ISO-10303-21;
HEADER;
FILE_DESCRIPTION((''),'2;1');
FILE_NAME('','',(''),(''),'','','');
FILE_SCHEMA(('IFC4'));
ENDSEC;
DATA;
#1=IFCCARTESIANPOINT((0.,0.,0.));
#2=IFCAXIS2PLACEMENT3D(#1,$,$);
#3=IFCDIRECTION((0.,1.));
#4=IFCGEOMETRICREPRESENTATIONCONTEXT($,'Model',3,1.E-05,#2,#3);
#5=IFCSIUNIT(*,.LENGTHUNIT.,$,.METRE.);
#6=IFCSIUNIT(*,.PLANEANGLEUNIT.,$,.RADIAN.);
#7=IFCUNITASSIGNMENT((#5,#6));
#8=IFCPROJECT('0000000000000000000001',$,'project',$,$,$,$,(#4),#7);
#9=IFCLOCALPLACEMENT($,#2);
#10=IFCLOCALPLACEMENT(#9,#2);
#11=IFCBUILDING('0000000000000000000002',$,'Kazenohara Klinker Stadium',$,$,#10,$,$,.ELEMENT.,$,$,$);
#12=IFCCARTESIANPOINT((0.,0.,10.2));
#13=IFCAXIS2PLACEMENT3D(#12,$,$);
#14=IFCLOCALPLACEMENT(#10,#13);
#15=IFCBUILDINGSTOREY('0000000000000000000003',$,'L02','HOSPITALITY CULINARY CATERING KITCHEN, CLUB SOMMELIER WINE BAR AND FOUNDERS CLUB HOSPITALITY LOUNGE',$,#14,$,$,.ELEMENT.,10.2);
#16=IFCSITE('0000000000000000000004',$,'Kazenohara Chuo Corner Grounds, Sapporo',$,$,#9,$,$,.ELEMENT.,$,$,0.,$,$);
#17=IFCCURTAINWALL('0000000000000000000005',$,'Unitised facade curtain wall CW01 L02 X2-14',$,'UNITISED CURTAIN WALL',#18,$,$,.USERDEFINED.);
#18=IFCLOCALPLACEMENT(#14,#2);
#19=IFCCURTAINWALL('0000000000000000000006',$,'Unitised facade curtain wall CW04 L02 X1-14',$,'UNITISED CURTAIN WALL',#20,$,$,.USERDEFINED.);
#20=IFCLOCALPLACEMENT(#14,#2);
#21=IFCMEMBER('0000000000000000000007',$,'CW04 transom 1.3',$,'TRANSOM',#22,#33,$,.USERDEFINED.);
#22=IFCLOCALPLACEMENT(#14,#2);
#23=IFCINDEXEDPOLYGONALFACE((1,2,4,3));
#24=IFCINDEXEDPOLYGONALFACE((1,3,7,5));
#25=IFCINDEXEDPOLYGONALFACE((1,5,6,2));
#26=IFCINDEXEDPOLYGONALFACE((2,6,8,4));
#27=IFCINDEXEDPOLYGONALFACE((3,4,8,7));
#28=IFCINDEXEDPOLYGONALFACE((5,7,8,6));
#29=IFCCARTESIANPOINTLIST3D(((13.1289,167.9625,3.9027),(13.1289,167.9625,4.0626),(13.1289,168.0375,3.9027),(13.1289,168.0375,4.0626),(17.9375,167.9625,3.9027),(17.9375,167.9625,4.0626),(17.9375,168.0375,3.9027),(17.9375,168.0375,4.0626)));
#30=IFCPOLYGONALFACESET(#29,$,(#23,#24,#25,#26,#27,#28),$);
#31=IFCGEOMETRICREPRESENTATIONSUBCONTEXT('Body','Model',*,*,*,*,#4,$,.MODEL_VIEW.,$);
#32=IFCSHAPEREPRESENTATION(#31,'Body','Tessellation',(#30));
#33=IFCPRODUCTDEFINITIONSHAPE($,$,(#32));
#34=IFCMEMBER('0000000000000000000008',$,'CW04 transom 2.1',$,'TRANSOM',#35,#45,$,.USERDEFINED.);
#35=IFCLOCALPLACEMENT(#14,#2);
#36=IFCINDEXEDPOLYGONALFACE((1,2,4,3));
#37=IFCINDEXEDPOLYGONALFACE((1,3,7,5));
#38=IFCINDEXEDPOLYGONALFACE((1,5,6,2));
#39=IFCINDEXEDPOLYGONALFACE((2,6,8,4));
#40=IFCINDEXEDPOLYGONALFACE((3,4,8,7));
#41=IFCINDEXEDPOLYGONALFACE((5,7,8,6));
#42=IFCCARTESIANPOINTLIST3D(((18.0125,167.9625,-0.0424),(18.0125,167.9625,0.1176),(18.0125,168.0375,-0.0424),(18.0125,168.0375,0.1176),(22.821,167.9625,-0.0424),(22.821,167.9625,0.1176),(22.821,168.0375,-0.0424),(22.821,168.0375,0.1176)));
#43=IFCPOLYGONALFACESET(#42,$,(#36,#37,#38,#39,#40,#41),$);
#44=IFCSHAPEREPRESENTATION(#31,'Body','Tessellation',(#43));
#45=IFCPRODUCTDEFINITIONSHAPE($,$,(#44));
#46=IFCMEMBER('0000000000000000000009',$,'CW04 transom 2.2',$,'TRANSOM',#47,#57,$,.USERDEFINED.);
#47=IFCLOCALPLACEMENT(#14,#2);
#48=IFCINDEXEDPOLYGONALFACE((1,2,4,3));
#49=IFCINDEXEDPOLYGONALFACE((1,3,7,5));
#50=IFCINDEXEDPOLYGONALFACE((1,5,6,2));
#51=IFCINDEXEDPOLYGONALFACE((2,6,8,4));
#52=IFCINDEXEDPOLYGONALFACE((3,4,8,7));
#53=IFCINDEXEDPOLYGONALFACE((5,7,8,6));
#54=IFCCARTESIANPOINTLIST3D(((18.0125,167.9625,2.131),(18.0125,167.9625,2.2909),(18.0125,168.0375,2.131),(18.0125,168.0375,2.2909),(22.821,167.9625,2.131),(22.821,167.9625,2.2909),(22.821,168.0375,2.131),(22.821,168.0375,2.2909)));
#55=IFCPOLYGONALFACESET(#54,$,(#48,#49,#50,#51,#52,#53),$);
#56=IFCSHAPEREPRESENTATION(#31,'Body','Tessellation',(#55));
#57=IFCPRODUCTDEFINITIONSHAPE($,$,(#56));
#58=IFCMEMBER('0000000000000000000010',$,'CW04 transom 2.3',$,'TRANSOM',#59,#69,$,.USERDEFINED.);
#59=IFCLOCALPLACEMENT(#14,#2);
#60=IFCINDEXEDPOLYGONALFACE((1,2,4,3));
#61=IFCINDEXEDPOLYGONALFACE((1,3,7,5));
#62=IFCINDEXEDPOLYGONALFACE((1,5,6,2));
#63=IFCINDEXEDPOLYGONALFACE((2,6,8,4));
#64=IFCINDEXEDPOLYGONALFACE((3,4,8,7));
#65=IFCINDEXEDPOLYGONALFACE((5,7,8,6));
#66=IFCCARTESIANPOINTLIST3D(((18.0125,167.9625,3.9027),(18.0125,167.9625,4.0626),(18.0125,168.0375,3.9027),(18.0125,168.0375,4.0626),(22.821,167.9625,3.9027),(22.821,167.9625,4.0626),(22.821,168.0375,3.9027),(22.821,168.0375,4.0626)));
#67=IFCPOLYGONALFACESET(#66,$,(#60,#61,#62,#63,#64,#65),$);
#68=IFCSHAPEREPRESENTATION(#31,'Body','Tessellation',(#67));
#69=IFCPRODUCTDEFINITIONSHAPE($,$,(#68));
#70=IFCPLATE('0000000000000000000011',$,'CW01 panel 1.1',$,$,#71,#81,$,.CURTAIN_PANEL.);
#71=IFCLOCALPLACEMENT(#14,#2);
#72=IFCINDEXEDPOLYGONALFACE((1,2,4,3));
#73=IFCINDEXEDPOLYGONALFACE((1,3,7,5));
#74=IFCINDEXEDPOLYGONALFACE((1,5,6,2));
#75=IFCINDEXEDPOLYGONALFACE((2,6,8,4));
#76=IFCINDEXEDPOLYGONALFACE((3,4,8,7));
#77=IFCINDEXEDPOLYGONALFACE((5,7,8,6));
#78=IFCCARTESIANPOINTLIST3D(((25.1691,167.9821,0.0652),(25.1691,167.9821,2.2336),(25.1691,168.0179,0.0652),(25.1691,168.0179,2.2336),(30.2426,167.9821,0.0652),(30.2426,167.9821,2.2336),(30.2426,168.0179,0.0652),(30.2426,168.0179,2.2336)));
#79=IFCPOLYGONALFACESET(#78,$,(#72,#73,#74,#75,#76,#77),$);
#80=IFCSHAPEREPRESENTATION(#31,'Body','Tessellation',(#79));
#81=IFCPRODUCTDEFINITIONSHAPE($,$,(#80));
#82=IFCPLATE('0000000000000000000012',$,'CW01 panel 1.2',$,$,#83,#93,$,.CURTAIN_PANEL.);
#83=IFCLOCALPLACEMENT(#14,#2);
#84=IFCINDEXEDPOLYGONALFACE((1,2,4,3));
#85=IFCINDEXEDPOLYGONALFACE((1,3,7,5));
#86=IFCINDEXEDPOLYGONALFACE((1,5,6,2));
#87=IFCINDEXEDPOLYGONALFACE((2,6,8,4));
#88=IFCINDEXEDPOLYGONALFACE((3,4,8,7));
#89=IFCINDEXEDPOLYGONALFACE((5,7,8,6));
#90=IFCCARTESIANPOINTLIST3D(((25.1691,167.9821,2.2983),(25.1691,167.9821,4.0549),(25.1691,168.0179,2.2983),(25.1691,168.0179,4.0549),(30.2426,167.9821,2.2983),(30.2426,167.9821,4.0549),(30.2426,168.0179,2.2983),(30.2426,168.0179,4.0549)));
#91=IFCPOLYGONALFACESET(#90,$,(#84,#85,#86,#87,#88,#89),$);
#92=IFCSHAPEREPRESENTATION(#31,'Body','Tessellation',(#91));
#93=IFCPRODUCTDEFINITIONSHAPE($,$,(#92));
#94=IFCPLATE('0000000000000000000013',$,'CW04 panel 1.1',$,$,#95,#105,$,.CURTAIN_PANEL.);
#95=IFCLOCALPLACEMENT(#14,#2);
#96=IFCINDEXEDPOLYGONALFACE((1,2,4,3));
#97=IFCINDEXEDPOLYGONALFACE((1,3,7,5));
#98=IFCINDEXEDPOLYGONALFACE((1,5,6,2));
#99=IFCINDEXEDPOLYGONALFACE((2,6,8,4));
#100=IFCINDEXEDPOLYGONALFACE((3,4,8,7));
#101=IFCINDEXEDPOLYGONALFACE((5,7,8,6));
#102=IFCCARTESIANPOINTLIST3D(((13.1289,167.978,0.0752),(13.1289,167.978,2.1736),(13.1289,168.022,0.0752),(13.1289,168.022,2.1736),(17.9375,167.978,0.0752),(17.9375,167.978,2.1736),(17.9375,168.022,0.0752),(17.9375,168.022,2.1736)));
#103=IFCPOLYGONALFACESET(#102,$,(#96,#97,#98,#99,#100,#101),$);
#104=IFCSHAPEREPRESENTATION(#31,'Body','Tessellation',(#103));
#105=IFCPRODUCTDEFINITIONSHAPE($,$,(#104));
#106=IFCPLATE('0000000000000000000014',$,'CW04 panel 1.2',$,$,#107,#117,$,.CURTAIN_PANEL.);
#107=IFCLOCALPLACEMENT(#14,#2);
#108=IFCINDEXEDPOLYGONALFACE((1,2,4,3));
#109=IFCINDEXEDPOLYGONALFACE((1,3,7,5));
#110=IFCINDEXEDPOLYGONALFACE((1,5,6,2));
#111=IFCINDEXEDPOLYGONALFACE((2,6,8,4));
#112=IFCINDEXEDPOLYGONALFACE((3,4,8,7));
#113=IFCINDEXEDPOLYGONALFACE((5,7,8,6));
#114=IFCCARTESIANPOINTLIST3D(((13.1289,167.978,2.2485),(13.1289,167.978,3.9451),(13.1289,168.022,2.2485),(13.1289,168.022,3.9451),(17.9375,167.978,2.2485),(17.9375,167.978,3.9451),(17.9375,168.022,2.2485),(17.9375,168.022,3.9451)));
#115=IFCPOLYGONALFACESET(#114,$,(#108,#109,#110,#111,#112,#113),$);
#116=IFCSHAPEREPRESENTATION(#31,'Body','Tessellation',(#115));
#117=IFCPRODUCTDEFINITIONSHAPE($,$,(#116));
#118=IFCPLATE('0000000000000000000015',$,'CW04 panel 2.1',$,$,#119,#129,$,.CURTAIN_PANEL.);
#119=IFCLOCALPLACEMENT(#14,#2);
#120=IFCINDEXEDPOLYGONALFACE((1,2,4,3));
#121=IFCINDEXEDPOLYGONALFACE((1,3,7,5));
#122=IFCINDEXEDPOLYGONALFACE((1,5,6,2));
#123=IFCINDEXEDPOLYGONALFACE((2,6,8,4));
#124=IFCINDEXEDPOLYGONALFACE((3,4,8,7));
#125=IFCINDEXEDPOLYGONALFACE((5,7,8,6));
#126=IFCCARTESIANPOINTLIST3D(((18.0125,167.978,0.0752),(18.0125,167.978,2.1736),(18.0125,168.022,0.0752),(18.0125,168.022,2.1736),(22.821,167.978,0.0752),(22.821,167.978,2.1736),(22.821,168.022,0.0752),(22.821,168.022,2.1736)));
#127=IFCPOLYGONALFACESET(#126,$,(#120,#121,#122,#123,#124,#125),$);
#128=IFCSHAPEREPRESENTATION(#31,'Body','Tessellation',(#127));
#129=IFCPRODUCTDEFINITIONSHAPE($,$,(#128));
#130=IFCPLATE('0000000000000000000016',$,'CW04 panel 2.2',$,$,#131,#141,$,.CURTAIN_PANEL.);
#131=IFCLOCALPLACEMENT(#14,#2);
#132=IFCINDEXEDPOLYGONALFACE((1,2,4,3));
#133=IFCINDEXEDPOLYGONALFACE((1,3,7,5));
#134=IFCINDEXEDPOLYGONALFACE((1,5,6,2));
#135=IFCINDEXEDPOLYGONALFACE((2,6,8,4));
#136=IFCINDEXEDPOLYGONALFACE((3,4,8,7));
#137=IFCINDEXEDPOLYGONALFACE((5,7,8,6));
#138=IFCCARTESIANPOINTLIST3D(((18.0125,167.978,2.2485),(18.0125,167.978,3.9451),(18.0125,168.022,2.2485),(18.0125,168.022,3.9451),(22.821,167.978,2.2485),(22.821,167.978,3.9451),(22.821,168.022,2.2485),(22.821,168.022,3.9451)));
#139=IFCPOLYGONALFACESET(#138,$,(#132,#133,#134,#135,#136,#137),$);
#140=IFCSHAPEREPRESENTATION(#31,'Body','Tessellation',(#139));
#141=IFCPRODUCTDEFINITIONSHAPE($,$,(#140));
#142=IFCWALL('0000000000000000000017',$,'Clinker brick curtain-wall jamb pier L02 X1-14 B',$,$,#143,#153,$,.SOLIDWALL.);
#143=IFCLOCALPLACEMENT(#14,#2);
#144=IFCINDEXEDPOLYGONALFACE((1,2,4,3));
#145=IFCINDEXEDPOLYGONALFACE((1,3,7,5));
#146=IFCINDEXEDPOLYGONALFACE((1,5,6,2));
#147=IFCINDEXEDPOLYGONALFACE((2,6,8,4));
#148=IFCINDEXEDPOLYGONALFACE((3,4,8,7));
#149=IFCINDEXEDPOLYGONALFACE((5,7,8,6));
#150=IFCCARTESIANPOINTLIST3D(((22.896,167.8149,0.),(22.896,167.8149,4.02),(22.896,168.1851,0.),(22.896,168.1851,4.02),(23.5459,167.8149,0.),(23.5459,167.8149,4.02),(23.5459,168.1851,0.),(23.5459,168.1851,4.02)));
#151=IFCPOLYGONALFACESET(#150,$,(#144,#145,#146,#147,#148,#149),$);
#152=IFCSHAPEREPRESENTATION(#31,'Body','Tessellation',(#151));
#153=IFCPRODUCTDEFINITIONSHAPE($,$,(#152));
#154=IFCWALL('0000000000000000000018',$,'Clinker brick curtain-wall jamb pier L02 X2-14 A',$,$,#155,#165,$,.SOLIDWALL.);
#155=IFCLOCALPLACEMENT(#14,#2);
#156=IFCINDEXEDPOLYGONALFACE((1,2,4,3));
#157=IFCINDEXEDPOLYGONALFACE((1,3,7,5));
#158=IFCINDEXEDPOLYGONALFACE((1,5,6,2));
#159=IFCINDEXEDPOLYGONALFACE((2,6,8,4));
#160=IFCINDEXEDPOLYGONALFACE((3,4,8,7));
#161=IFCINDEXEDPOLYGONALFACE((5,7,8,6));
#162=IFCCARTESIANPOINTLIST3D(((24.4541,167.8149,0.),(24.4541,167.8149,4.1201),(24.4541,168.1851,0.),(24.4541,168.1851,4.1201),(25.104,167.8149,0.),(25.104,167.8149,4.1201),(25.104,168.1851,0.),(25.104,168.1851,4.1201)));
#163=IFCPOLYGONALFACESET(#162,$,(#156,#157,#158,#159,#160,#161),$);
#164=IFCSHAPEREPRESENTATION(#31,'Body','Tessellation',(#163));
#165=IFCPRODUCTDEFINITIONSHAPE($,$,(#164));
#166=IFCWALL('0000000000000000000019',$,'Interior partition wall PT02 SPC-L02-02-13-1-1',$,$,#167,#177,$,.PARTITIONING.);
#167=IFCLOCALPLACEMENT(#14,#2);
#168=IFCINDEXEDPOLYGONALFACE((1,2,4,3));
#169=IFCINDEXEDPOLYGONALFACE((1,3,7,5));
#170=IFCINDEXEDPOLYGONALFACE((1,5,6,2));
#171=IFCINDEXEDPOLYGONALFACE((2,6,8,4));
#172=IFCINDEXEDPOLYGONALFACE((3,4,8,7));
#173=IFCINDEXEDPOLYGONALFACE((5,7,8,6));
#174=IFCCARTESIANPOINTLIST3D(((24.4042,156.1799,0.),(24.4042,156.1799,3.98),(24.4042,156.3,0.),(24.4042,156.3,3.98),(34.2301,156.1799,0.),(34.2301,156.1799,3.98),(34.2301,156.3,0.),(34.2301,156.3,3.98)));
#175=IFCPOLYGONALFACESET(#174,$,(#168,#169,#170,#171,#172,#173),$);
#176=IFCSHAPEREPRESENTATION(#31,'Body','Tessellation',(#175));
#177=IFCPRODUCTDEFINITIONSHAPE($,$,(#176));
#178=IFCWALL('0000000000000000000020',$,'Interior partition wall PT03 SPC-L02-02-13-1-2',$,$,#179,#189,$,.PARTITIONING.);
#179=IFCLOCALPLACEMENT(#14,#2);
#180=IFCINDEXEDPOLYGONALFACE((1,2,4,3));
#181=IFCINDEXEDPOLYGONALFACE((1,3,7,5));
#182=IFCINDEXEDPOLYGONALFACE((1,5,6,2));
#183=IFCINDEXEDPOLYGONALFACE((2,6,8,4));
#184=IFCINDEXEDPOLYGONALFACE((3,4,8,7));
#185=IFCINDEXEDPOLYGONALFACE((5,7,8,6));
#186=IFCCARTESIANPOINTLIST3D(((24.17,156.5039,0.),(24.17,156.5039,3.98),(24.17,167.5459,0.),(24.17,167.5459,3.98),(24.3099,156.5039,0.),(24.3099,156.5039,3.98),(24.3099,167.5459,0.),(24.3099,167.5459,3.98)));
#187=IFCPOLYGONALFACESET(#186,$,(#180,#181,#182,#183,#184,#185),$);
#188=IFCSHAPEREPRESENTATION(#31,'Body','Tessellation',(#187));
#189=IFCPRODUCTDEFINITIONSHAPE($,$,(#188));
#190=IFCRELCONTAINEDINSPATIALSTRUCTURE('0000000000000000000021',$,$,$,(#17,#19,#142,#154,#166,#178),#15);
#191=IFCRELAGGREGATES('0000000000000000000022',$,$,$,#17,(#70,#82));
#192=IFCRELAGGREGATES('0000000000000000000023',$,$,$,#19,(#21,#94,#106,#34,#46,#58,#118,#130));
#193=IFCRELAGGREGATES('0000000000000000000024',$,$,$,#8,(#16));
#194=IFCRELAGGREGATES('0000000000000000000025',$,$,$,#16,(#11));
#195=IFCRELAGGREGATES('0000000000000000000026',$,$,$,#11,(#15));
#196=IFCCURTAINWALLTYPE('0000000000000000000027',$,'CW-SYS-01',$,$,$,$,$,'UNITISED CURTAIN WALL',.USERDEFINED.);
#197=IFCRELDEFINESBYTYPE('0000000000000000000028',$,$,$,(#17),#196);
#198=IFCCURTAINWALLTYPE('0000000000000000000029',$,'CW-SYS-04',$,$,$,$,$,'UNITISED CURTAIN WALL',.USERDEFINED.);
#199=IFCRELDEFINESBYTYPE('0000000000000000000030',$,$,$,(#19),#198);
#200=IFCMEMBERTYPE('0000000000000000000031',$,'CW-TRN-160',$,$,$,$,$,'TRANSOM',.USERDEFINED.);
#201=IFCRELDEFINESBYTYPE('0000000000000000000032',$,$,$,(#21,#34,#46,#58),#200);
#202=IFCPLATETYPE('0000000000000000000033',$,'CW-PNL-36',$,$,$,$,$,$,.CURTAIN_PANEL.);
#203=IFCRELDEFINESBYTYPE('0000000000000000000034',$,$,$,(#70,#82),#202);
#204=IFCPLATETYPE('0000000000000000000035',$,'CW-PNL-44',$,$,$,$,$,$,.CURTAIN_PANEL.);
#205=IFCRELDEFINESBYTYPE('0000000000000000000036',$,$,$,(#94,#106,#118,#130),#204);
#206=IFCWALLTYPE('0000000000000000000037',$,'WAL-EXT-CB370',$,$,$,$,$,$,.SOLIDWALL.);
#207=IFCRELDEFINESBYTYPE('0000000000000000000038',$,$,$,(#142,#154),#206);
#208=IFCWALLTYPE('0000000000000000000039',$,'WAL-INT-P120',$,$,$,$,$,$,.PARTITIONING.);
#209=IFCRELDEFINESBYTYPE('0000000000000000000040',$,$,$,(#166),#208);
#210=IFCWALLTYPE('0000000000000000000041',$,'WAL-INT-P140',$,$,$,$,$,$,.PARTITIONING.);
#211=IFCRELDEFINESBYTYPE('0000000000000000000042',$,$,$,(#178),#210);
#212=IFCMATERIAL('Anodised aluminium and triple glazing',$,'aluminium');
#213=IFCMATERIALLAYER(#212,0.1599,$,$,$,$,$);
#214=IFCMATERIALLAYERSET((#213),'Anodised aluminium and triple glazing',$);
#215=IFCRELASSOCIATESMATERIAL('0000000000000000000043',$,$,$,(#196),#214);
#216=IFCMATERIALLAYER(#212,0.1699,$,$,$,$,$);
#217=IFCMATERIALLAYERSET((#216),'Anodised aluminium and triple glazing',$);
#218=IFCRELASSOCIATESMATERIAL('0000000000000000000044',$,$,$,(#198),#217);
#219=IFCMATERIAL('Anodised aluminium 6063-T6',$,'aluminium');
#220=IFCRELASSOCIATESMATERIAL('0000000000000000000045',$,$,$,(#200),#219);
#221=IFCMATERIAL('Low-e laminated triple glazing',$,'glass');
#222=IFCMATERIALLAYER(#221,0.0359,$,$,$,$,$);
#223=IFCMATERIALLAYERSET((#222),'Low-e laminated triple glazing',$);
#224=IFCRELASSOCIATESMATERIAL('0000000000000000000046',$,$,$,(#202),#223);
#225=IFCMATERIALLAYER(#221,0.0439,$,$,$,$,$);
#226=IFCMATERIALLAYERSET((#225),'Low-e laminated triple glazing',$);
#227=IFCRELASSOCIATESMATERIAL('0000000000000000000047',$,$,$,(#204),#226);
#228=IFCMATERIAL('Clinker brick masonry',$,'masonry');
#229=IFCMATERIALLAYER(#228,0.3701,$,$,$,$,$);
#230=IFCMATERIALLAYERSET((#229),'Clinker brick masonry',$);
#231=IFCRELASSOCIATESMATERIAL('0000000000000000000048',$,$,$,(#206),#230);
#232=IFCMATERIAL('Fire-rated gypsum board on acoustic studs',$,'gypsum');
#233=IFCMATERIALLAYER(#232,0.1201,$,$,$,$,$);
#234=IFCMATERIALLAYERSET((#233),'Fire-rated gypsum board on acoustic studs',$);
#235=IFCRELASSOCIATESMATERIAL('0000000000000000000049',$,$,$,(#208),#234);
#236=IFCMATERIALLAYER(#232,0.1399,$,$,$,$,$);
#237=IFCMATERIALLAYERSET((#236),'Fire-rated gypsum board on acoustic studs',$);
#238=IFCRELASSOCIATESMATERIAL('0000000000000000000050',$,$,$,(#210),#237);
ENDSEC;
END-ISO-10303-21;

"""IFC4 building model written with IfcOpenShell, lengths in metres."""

from ifc_helpers import new_model, si_unit, direction, frame, frame_2d, origin, origin_2d, place, context, subcontext, project, spatial, rectangle, extrude, material, layer, layer_set, material_profile, profile_set, type_object, element, aggregate, save


model = new_model("IFC4")

# Units and contexts
model_context = context("Model", 3, precision=1e-05, world=origin(), true_north=direction((0.0, 1.0)))
body_context = subcontext(model_context, "Body", "Model", "MODEL_VIEW")
ifc_project = project(units=[si_unit("LENGTHUNIT", "METRE"), si_unit("PLANEANGLEUNIT", "RADIAN")], contexts=[model_context])

# Site, building, storey
site_placement = place(None, origin())
site = spatial("IfcSite", under=ifc_project, at=site_placement, Name="Kazenohara Chuo Corner Grounds, Sapporo", CompositionType="ELEMENT", RefElevation=0.0)
building_placement = place(site_placement, origin())
building = spatial("IfcBuilding", under=site, at=building_placement, Name="Kazenohara Klinker Stadium", CompositionType="ELEMENT")
storey_placement = place(building_placement, frame((0.0, 0.0, 10.2)))
storey = spatial("IfcBuildingStorey", under=building, at=storey_placement, Name="L02", Description="HOSPITALITY CULINARY CATERING KITCHEN, CLUB SOMMELIER WINE BAR AND FOUNDERS CLUB HOSPITALITY LOUNGE", CompositionType="ELEMENT", Elevation=10.2)

# Curtain walls
ifc_material_1 = material(Name="Anodised aluminium and triple glazing", Category="aluminium")
ifc_layer_1 = layer(ifc_material_1, 0.1599)
ifc_layer_set_1 = layer_set([ifc_layer_1], Name="Anodised aluminium and triple glazing")
curtain_wall_type_1 = type_object("IfcCurtainWallType", Name="CW-SYS-01", ElementType="UNITISED CURTAIN WALL", PredefinedType="USERDEFINED", material=ifc_layer_set_1)
curtain_wall_1_placement = place(storey_placement, origin())
curtain_wall_1 = element("IfcCurtainWall", 1, at=curtain_wall_1_placement, inside=storey, type_object=curtain_wall_type_1, Name="Unitised facade curtain wall CW01 L02 X2-14", ObjectType="UNITISED CURTAIN WALL", PredefinedType="USERDEFINED")
ifc_material_2 = material(Name="Anodised aluminium 6063-T6", Category="aluminium")
ifc_layer_2 = layer(ifc_material_1, 0.1699)
ifc_layer_set_2 = layer_set([ifc_layer_2], Name="Anodised aluminium and triple glazing")
curtain_wall_type_2 = type_object("IfcCurtainWallType", Name="CW-SYS-04", ElementType="UNITISED CURTAIN WALL", PredefinedType="USERDEFINED", material=ifc_layer_set_2)
curtain_wall_2_placement = place(storey_placement, origin())
curtain_wall_2 = element("IfcCurtainWall", 2, at=curtain_wall_2_placement, inside=storey, type_object=curtain_wall_type_2, Name="Unitised facade curtain wall CW04 L02 X1-14", ObjectType="UNITISED CURTAIN WALL", PredefinedType="USERDEFINED")

# Members
ifc_material_profile_1 = material_profile(ifc_material_2, rectangle(XDim=0.075, YDim=0.1599, at=origin_2d()), Name="ALU-TRN-75x160")
ifc_profile_set_1 = profile_set([ifc_material_profile_1], Name="Anodised aluminium 6063-T6")
member_type_1 = type_object("IfcMemberType", Name="CW-TRN-160", ElementType="TRANSOM", PredefinedType="USERDEFINED", material=ifc_profile_set_1)
member_1_placement = place(storey_placement, frame((13.1289, 168.0, 3.9827), z_axis=(1.0, 0.0, 0.0), x_axis=(0.0, 1.0, 0.0)))
member_1 = element("IfcMember", 3, at=member_1_placement, type_object=member_type_1, Name="CW04 transom 1.3", ObjectType="TRANSOM", PredefinedType="USERDEFINED", context=body_context, shape_type="SweptSolid", body=[
    extrude(rectangle(XDim=0.075, YDim=0.1599, at=origin_2d()), origin(), (0.0, 0.0, 1.0), 4.8086),
])
member_2_placement = place(storey_placement, frame((18.0125, 168.0, 0.0376), z_axis=(1.0, 0.0, 0.0), x_axis=(0.0, 1.0, 0.0)))
member_2 = element("IfcMember", 4, at=member_2_placement, type_object=member_type_1, Name="CW04 transom 2.1", ObjectType="TRANSOM", PredefinedType="USERDEFINED", context=body_context, shape_type="SweptSolid", body=[
    extrude(rectangle(XDim=0.075, YDim=0.1599, at=origin_2d()), origin(), (0.0, 0.0, 1.0), 4.8086),
])
member_3_placement = place(storey_placement, frame((18.0125, 168.0, 2.2109), z_axis=(1.0, 0.0, 0.0), x_axis=(0.0, 1.0, 0.0)))
member_3 = element("IfcMember", 5, at=member_3_placement, type_object=member_type_1, Name="CW04 transom 2.2", ObjectType="TRANSOM", PredefinedType="USERDEFINED", context=body_context, shape_type="SweptSolid", body=[
    extrude(rectangle(XDim=0.075, YDim=0.1599, at=origin_2d()), origin(), (0.0, 0.0, 1.0), 4.8086),
])
member_4_placement = place(storey_placement, frame((18.0125, 168.0, 3.9827), z_axis=(1.0, 0.0, 0.0), x_axis=(0.0, 1.0, 0.0)))
member_4 = element("IfcMember", 6, at=member_4_placement, type_object=member_type_1, Name="CW04 transom 2.3", ObjectType="TRANSOM", PredefinedType="USERDEFINED", context=body_context, shape_type="SweptSolid", body=[
    extrude(rectangle(XDim=0.075, YDim=0.1599, at=origin_2d()), origin(), (0.0, 0.0, 1.0), 4.8086),
])

# Plates
ifc_material_3 = material(Name="Low-e laminated triple glazing", Category="glass")
ifc_layer_3 = layer(ifc_material_3, 0.0359)
ifc_layer_set_3 = layer_set([ifc_layer_3], Name="Low-e laminated triple glazing")
plate_type_1 = type_object("IfcPlateType", Name="CW-PNL-36", PredefinedType="CURTAIN_PANEL", material=ifc_layer_set_3)
plate_1_placement = place(storey_placement, frame((27.7058, 168.0, 0.0652), z_axis=(0.0, 0.0, 1.0), x_axis=(1.0, 0.0, 0.0)))
plate_1 = element("IfcPlate", 7, at=plate_1_placement, type_object=plate_type_1, Name="CW01 panel 1.1", PredefinedType="CURTAIN_PANEL", context=body_context, shape_type="SweptSolid", body=[
    extrude(rectangle(XDim=5.0735, YDim=0.0359, at=origin_2d()), origin(), (0.0, 0.0, 1.0), 2.1685),
])
plate_2_placement = place(storey_placement, frame((27.7058, 168.0, 2.2983), z_axis=(0.0, 0.0, 1.0), x_axis=(1.0, 0.0, 0.0)))
plate_2 = element("IfcPlate", 8, at=plate_2_placement, type_object=plate_type_1, Name="CW01 panel 1.2", PredefinedType="CURTAIN_PANEL", context=body_context, shape_type="SweptSolid", body=[
    extrude(rectangle(XDim=5.0735, YDim=0.0359, at=origin_2d()), origin(), (0.0, 0.0, 1.0), 1.7566),
])
aggregate(curtain_wall_1, [plate_1, plate_2])
ifc_layer_4 = layer(ifc_material_3, 0.0439)
ifc_layer_set_4 = layer_set([ifc_layer_4], Name="Low-e laminated triple glazing")
plate_type_2 = type_object("IfcPlateType", Name="CW-PNL-44", PredefinedType="CURTAIN_PANEL", material=ifc_layer_set_4)
plate_3_placement = place(storey_placement, frame((15.5332, 168.0, 0.0752), z_axis=(0.0, 0.0, 1.0), x_axis=(1.0, 0.0, 0.0)))
plate_3 = element("IfcPlate", 9, at=plate_3_placement, type_object=plate_type_2, Name="CW04 panel 1.1", PredefinedType="CURTAIN_PANEL", context=body_context, shape_type="SweptSolid", body=[
    extrude(rectangle(XDim=4.8086, YDim=0.0439, at=origin_2d()), origin(), (0.0, 0.0, 1.0), 2.0984),
])
plate_4_placement = place(storey_placement, frame((15.5332, 168.0, 2.2485), z_axis=(0.0, 0.0, 1.0), x_axis=(1.0, 0.0, 0.0)))
plate_4 = element("IfcPlate", 10, at=plate_4_placement, type_object=plate_type_2, Name="CW04 panel 1.2", PredefinedType="CURTAIN_PANEL", context=body_context, shape_type="SweptSolid", body=[
    extrude(rectangle(XDim=4.8086, YDim=0.0439, at=origin_2d()), origin(), (0.0, 0.0, 1.0), 1.6965),
])
plate_5_placement = place(storey_placement, frame((20.4167, 168.0, 0.0752), z_axis=(0.0, 0.0, 1.0), x_axis=(1.0, 0.0, 0.0)))
plate_5 = element("IfcPlate", 11, at=plate_5_placement, type_object=plate_type_2, Name="CW04 panel 2.1", PredefinedType="CURTAIN_PANEL", context=body_context, shape_type="SweptSolid", body=[
    extrude(rectangle(XDim=4.8086, YDim=0.0439, at=origin_2d()), origin(), (0.0, 0.0, 1.0), 2.0984),
])
plate_6_placement = place(storey_placement, frame((20.4167, 168.0, 2.2485), z_axis=(0.0, 0.0, 1.0), x_axis=(1.0, 0.0, 0.0)))
plate_6 = element("IfcPlate", 12, at=plate_6_placement, type_object=plate_type_2, Name="CW04 panel 2.2", PredefinedType="CURTAIN_PANEL", context=body_context, shape_type="SweptSolid", body=[
    extrude(rectangle(XDim=4.8086, YDim=0.0439, at=origin_2d()), origin(), (0.0, 0.0, 1.0), 1.6965),
])
aggregate(curtain_wall_2, [member_1, plate_3, plate_4, member_2, member_3, member_4, plate_5, plate_6])

# Walls
ifc_material_4 = material(Name="Clinker brick masonry", Category="masonry")
ifc_layer_5 = layer(ifc_material_4, 0.3701)
ifc_layer_set_5 = layer_set([ifc_layer_5], Name="Clinker brick masonry")
wall_type_1 = type_object("IfcWallType", Name="WAL-EXT-CB370", PredefinedType="SOLIDWALL", material=ifc_layer_set_5)
wall_1_placement = place(storey_placement, frame((22.896, 168.0, 0.0), z_axis=(0.0, 0.0, 1.0), x_axis=(1.0, 0.0, 0.0)))
element("IfcWall", 13, at=wall_1_placement, inside=storey, type_object=wall_type_1, Name="Clinker brick curtain-wall jamb pier L02 X1-14 B", PredefinedType="SOLIDWALL", context=body_context, shape_type="SweptSolid", body=[
    extrude(rectangle(XDim=0.6499, YDim=0.3701, at=frame_2d((0.325, 0.0))), origin(), (0.0, 0.0, 1.0), 4.02),
])
wall_2_placement = place(storey_placement, frame((24.4541, 168.0, 0.0), z_axis=(0.0, 0.0, 1.0), x_axis=(1.0, 0.0, 0.0)))
element("IfcWall", 14, at=wall_2_placement, inside=storey, type_object=wall_type_1, Name="Clinker brick curtain-wall jamb pier L02 X2-14 A", PredefinedType="SOLIDWALL", context=body_context, shape_type="SweptSolid", body=[
    extrude(rectangle(XDim=0.6499, YDim=0.3701, at=frame_2d((0.325, 0.0))), origin(), (0.0, 0.0, 1.0), 4.1201),
])
ifc_material_5 = material(Name="Fire-rated gypsum board on acoustic studs", Category="gypsum")
ifc_layer_6 = layer(ifc_material_5, 0.1201)
ifc_layer_set_6 = layer_set([ifc_layer_6], Name="Fire-rated gypsum board on acoustic studs")
wall_type_2 = type_object("IfcWallType", Name="WAL-INT-P120", PredefinedType="PARTITIONING", material=ifc_layer_set_6)
wall_3_placement = place(storey_placement, frame((24.4041, 156.24, 0.0), z_axis=(0.0, 0.0, 1.0), x_axis=(1.0, 0.0, 0.0)))
element("IfcWall", 15, at=wall_3_placement, inside=storey, type_object=wall_type_2, Name="Interior partition wall PT02 SPC-L02-02-13-1-1", PredefinedType="PARTITIONING", context=body_context, shape_type="SweptSolid", body=[
    extrude(rectangle(XDim=9.8259, YDim=0.1201, at=frame_2d((4.9131, 0.0))), origin(), (0.0, 0.0, 1.0), 3.98),
])
ifc_layer_7 = layer(ifc_material_5, 0.1399)
ifc_layer_set_7 = layer_set([ifc_layer_7], Name="Fire-rated gypsum board on acoustic studs")
wall_type_3 = type_object("IfcWallType", Name="WAL-INT-P140", PredefinedType="PARTITIONING", material=ifc_layer_set_7)
wall_4_placement = place(storey_placement, frame((24.24, 156.5039, 0.0), z_axis=(0.0, 0.0, 1.0), x_axis=(0.0, 1.0, 0.0)))
element("IfcWall", 16, at=wall_4_placement, inside=storey, type_object=wall_type_3, Name="Interior partition wall PT03 SPC-L02-02-13-1-2", PredefinedType="PARTITIONING", context=body_context, shape_type="SweptSolid", body=[
    extrude(rectangle(XDim=11.042, YDim=0.1399, at=frame_2d((5.521, 0.0))), origin(), (0.0, 0.0, 1.0), 3.98),
])

save(model, "model.ifc")
